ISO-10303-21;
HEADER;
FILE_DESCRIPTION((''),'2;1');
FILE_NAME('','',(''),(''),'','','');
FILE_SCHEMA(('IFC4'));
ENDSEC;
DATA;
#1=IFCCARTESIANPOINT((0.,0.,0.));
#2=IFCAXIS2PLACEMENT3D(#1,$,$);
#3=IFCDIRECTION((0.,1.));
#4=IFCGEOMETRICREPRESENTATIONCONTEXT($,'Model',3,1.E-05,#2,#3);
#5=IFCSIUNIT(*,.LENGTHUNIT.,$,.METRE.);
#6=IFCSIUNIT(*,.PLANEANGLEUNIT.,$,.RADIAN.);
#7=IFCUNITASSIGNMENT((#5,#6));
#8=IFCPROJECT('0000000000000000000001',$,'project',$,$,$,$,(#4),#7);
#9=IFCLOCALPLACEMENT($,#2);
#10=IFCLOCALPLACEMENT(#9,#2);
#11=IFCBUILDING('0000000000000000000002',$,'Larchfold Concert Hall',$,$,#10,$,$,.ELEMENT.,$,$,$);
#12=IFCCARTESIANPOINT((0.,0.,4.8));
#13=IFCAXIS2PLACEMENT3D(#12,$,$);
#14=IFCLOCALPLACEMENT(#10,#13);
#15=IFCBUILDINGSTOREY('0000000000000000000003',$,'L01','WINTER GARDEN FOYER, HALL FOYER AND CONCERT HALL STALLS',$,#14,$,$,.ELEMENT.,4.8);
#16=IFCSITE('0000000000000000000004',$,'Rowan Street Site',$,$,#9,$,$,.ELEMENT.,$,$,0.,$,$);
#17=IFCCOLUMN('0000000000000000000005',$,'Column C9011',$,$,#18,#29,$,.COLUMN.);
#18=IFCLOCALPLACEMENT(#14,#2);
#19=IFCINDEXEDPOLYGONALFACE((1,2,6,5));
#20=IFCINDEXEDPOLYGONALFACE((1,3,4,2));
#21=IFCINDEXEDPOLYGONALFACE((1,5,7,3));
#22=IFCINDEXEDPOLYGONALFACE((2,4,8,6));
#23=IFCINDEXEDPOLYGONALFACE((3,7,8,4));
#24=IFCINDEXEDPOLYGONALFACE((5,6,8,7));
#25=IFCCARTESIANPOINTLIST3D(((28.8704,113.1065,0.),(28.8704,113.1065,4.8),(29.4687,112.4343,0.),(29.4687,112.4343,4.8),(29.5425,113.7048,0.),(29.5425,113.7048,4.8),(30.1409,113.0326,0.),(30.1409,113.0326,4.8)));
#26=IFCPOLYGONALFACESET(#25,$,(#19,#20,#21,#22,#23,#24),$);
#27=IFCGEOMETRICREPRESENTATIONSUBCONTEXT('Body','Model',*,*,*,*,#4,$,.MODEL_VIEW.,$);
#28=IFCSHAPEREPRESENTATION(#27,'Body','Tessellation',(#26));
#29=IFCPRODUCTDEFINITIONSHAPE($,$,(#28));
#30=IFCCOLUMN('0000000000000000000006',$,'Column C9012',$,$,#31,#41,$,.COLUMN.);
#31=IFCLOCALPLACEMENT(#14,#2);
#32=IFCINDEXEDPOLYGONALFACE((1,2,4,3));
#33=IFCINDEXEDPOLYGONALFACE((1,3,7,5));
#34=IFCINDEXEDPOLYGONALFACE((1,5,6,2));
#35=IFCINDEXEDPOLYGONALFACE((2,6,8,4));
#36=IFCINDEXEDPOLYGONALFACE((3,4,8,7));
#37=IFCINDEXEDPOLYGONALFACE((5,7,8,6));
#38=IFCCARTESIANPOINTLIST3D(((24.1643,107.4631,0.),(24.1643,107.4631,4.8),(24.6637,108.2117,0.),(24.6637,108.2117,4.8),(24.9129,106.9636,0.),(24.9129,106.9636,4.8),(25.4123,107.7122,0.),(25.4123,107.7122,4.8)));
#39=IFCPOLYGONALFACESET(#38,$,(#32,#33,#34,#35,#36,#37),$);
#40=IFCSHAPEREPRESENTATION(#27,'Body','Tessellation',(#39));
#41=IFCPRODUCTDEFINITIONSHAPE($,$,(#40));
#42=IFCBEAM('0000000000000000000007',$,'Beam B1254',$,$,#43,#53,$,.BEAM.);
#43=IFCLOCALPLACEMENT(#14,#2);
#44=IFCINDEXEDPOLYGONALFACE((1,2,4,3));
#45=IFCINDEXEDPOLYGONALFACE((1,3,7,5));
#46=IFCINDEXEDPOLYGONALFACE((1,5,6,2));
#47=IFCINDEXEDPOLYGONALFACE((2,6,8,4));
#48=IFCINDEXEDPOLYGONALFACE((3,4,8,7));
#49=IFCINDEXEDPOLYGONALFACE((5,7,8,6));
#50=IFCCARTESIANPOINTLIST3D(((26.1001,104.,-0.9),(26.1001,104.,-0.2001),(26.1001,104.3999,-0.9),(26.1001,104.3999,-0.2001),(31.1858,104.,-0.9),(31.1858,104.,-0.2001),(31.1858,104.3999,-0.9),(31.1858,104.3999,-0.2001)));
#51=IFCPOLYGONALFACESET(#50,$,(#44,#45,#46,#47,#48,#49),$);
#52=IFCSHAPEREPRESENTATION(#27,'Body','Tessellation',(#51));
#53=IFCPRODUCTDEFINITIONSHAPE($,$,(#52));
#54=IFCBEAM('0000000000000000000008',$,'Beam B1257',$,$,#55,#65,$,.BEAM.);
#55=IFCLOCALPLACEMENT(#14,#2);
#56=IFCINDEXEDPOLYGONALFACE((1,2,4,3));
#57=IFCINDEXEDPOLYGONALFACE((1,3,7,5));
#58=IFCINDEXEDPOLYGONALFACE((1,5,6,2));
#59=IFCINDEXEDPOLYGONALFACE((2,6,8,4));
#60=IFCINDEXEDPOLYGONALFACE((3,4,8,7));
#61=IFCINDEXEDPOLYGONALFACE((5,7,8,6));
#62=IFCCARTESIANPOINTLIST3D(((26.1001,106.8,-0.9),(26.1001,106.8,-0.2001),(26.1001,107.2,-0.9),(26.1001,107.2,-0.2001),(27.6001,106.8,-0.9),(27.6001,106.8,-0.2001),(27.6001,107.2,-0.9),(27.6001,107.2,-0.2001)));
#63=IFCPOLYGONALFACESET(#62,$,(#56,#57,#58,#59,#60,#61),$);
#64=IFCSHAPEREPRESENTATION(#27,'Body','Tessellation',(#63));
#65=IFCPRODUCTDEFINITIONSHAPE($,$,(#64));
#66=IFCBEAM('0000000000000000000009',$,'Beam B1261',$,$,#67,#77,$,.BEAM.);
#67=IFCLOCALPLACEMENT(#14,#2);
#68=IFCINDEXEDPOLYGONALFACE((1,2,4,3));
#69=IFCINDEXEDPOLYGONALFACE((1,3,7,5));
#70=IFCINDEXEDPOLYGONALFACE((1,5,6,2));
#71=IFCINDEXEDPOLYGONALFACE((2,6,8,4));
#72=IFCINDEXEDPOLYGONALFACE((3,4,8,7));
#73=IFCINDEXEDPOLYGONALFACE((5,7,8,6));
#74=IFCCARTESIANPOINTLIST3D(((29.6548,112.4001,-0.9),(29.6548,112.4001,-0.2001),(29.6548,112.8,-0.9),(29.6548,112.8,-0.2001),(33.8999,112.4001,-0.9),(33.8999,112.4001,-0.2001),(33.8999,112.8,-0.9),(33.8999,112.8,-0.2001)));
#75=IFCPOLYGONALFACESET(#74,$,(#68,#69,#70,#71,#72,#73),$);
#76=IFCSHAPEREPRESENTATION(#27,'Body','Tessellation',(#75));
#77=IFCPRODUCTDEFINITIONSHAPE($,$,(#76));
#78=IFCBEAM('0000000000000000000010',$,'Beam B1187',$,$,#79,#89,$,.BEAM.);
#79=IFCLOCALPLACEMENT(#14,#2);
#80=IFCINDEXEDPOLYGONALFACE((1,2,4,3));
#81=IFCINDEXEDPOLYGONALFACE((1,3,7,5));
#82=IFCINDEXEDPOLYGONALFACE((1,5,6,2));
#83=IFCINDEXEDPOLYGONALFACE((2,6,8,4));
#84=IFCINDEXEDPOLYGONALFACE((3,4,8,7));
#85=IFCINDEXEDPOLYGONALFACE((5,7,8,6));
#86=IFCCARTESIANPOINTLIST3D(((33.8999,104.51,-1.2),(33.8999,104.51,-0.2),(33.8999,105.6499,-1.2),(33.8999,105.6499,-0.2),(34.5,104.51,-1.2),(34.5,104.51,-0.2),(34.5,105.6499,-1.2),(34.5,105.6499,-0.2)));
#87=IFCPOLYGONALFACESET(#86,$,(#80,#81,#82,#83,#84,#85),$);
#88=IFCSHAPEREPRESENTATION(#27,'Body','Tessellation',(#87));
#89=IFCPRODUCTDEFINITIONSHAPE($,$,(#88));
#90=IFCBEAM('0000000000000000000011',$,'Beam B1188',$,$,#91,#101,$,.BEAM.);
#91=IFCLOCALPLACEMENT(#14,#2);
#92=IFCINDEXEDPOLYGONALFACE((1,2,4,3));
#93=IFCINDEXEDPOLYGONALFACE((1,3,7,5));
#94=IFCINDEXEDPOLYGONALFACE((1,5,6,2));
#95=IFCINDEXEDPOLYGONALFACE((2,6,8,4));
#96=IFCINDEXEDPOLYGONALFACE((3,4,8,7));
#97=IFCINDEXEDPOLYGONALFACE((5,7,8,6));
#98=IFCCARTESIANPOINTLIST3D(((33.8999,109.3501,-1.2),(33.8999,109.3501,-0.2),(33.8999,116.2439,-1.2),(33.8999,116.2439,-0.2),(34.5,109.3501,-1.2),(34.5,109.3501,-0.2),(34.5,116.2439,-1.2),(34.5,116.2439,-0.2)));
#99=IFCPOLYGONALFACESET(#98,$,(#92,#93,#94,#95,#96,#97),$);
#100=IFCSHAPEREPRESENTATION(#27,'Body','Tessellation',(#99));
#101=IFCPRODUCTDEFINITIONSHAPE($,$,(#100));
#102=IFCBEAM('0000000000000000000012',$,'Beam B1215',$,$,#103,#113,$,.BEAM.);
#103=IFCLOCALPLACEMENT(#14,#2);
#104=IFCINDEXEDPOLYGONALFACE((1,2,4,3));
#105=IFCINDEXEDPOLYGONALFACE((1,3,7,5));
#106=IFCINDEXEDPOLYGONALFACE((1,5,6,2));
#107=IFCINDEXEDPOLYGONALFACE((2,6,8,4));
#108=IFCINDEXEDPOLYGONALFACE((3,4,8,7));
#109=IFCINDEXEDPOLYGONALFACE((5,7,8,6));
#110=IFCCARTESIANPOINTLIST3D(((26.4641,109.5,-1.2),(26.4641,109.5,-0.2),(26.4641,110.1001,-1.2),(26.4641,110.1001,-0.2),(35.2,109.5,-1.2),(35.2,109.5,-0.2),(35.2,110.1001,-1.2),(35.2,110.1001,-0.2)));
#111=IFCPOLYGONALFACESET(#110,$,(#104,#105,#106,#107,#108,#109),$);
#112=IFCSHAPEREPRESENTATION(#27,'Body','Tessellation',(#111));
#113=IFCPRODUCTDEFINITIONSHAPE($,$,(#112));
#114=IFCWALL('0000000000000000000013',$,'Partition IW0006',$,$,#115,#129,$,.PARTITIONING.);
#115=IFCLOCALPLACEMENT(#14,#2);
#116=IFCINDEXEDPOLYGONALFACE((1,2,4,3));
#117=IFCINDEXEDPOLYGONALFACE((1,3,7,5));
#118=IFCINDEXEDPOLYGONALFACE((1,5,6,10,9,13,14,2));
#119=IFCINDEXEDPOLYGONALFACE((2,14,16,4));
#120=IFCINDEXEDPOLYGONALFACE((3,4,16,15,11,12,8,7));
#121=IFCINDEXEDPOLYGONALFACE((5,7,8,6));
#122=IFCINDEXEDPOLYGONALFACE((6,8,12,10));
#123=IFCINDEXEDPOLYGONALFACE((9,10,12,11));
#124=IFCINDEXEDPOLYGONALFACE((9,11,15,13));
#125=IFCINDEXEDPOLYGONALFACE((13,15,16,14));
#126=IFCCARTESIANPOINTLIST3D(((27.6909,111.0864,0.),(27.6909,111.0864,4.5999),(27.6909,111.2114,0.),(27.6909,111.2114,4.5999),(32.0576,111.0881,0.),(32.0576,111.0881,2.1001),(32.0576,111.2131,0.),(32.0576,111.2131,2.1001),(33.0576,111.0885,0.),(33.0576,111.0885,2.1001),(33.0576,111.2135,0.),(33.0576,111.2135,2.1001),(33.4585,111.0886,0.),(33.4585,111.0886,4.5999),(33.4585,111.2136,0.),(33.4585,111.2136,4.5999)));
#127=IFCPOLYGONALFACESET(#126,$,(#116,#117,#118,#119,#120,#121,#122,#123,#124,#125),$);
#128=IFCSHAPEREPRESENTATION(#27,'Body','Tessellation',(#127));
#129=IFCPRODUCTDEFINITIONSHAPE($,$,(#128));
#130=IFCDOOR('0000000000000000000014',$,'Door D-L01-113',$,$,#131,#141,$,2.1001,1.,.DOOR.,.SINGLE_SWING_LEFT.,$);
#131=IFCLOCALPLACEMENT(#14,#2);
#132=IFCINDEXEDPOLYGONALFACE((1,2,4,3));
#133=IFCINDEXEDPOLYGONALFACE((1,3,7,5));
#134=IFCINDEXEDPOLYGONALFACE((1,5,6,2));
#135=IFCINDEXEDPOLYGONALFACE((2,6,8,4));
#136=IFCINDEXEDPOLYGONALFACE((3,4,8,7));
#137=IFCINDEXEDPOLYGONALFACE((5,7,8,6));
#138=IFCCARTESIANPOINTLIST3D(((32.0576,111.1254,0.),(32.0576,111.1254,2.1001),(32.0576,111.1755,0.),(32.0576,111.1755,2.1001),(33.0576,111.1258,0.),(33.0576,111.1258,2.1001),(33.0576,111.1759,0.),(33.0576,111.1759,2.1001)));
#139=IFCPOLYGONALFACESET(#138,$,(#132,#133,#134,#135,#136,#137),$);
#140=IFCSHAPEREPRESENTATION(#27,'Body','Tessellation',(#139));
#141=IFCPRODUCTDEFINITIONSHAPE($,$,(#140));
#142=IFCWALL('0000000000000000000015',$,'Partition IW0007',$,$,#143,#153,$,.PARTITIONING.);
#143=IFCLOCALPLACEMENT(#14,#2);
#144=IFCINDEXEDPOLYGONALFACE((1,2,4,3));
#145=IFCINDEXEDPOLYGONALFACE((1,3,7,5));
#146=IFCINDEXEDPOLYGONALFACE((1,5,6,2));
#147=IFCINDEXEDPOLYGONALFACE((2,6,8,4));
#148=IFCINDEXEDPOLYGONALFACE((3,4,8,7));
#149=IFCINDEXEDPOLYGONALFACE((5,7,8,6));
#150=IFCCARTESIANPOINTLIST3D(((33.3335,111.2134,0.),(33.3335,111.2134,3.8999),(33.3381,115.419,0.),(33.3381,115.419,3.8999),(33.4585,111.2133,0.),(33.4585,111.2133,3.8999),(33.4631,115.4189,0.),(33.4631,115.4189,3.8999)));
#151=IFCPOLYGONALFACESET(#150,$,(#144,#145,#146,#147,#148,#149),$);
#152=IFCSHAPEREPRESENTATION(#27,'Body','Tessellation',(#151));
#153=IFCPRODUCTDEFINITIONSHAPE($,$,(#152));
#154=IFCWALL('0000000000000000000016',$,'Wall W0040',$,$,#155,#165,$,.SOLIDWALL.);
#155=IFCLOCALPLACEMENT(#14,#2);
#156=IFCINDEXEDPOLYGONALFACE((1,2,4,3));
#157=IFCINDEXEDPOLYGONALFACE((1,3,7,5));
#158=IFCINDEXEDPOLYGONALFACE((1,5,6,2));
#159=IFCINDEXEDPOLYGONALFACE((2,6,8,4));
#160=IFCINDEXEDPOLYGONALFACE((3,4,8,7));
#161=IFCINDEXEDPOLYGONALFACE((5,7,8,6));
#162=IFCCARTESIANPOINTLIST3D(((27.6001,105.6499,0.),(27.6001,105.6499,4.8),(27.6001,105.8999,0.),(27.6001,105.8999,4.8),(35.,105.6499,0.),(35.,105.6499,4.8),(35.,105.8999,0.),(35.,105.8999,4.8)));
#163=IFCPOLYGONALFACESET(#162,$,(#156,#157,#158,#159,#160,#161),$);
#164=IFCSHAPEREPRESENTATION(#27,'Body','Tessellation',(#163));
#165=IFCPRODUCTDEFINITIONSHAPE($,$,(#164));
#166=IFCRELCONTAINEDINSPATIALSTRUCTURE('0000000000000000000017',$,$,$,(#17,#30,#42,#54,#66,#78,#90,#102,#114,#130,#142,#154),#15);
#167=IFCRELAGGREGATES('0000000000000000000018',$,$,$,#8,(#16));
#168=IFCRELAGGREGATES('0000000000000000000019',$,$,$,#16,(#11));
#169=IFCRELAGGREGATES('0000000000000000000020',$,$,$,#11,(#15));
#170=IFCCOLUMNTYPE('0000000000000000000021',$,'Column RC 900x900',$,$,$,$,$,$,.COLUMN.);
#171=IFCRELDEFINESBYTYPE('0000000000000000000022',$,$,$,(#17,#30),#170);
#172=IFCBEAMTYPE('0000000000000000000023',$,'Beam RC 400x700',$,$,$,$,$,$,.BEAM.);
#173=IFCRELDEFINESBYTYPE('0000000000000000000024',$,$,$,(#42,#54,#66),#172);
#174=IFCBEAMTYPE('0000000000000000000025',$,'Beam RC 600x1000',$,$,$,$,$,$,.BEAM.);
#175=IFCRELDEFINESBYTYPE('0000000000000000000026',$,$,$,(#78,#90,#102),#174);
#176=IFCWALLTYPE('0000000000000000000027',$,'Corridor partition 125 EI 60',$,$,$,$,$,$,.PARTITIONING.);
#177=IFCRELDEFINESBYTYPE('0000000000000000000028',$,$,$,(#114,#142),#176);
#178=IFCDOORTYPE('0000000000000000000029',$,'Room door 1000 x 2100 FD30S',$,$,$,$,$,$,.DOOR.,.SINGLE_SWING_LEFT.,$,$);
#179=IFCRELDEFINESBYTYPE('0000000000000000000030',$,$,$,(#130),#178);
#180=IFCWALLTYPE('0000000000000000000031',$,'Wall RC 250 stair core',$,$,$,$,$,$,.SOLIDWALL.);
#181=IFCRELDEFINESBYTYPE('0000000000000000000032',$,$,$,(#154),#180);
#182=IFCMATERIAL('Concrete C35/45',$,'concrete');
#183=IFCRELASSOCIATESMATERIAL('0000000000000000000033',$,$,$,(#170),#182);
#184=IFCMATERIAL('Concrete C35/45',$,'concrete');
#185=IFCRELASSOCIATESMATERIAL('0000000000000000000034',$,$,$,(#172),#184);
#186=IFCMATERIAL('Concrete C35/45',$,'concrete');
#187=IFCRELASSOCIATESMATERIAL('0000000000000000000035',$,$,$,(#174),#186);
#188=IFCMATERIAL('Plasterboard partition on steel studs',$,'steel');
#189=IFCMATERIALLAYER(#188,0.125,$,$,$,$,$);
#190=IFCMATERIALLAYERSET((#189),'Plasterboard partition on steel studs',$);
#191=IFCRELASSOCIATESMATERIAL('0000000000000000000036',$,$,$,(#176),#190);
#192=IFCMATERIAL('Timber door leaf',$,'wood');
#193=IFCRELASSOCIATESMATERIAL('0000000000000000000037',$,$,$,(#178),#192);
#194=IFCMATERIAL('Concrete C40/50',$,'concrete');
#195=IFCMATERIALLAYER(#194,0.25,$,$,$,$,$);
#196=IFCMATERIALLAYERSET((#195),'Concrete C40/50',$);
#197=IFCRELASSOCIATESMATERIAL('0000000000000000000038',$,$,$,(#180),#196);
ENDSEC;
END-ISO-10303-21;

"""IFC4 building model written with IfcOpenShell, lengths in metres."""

from ifc_helpers import new_model, si_unit, direction, frame, frame_2d, origin, origin_2d, place, context, subcontext, project, spatial, rectangle, extrude, material, layer, layer_set, material_profile, profile_set, type_object, element, fill, save


model = new_model("IFC4")

# Units and contexts
model_context = context("Model", 3, precision=1e-05, world=origin(), true_north=direction((0.0, 1.0)))
body_context = subcontext(model_context, "Body", "Model", "MODEL_VIEW")
ifc_project = project(units=[si_unit("LENGTHUNIT", "METRE"), si_unit("PLANEANGLEUNIT", "RADIAN")], contexts=[model_context])

# Site, building, storey
site_placement = place(None, origin())
site = spatial("IfcSite", under=ifc_project, at=site_placement, Name="Rowan Street Site", CompositionType="ELEMENT", RefElevation=0.0)
building_placement = place(site_placement, origin())
building = spatial("IfcBuilding", under=site, at=building_placement, Name="Larchfold Concert Hall", CompositionType="ELEMENT")
storey_placement = place(building_placement, frame((0.0, 0.0, 4.8)))
storey = spatial("IfcBuildingStorey", under=building, at=storey_placement, Name="L01", Description="WINTER GARDEN FOYER, HALL FOYER AND CONCERT HALL STALLS", CompositionType="ELEMENT", Elevation=4.8)

# Columns
ifc_material_1 = material(Name="Concrete C35/45", Category="concrete")
ifc_material_profile_1 = material_profile(ifc_material_1, rectangle(XDim=0.8999, YDim=0.8999, at=origin_2d()))
ifc_profile_set_1 = profile_set([ifc_material_profile_1], Name="Concrete C35/45")
column_type = type_object("IfcColumnType", Name="Column RC 900x900", PredefinedType="COLUMN", material=ifc_profile_set_1)
for number, where, z_axis, x_axis, name in (
    (1, (29.5056, 113.0696, 0.0), (0.0, 0.0, 1.0), (0.746954, 0.664876, 0.0), "Column C9011"),
    (2, (24.7883, 107.5876, 0.0), (0.0, 0.0, 1.0), (0.554978, 0.831865, 0.0), "Column C9012"),
):
    element("IfcColumn", number, at=place(storey_placement, frame(where, z_axis=z_axis, x_axis=x_axis)), inside=storey, type_object=column_type, Name=name, PredefinedType="COLUMN", context=body_context, shape_type="SweptSolid", body=[
        extrude(rectangle(XDim=0.8999, YDim=0.8999, at=origin_2d()), origin(), (0.0, 0.0, 1.0), 4.8),
    ])

# Beams
ifc_material_2 = material(Name="Concrete C35/45", Category="concrete")
ifc_material_profile_2 = material_profile(ifc_material_2, rectangle(XDim=0.3999, YDim=0.7, at=origin_2d()))
ifc_profile_set_2 = profile_set([ifc_material_profile_2], Name="Concrete C35/45")
beam_type_1 = type_object("IfcBeamType", Name="Beam RC 400x700", PredefinedType="BEAM", material=ifc_profile_set_2)
beam_1_placement = place(storey_placement, frame((26.1001, 104.2, -0.55), z_axis=(1.0, 0.0, 0.0), x_axis=(0.0, 1.0, 0.0)))
element("IfcBeam", 3, at=beam_1_placement, inside=storey, type_object=beam_type_1, Name="Beam B1254", PredefinedType="BEAM", context=body_context, shape_type="SweptSolid", body=[
    extrude(rectangle(XDim=0.3999, YDim=0.7, at=origin_2d()), origin(), (0.0, 0.0, 1.0), 5.0857),
])
beam_2_placement = place(storey_placement, frame((26.1001, 107.0, -0.55), z_axis=(1.0, 0.0, 0.0), x_axis=(0.0, 1.0, 0.0)))
element("IfcBeam", 4, at=beam_2_placement, inside=storey, type_object=beam_type_1, Name="Beam B1257", PredefinedType="BEAM", context=body_context, shape_type="SweptSolid", body=[
    extrude(rectangle(XDim=0.3999, YDim=0.7, at=origin_2d()), origin(), (0.0, 0.0, 1.0), 1.5),
])
beam_3_placement = place(storey_placement, frame((29.6548, 112.6001, -0.55), z_axis=(1.0, 0.0, 0.0), x_axis=(0.0, 1.0, 0.0)))
element("IfcBeam", 5, at=beam_3_placement, inside=storey, type_object=beam_type_1, Name="Beam B1261", PredefinedType="BEAM", context=body_context, shape_type="SweptSolid", body=[
    extrude(rectangle(XDim=0.3999, YDim=0.7, at=origin_2d()), origin(), (0.0, 0.0, 1.0), 4.2451),
])
ifc_material_3 = material(Name="Concrete C35/45", Category="concrete")
ifc_material_profile_3 = material_profile(ifc_material_3, rectangle(XDim=0.6001, YDim=1.0, at=origin_2d()))
ifc_profile_set_3 = profile_set([ifc_material_profile_3], Name="Concrete C35/45")
beam_type_2 = type_object("IfcBeamType", Name="Beam RC 600x1000", PredefinedType="BEAM", material=ifc_profile_set_3)
beam_4_placement = place(storey_placement, frame((34.2, 104.51, -0.7), z_axis=(0.0, 1.0, 0.0), x_axis=(-1.0, 0.0, 0.0)))
element("IfcBeam", 6, at=beam_4_placement, inside=storey, type_object=beam_type_2, Name="Beam B1187", PredefinedType="BEAM", context=body_context, shape_type="SweptSolid", body=[
    extrude(rectangle(XDim=0.6001, YDim=1.0, at=origin_2d()), origin(), (0.0, 0.0, 1.0), 1.1399),
])
beam_5_placement = place(storey_placement, frame((34.2, 109.3501, -0.7), z_axis=(0.0, 1.0, 0.0), x_axis=(-1.0, 0.0, 0.0)))
element("IfcBeam", 7, at=beam_5_placement, inside=storey, type_object=beam_type_2, Name="Beam B1188", PredefinedType="BEAM", context=body_context, shape_type="SweptSolid", body=[
    extrude(rectangle(XDim=0.6001, YDim=1.0, at=origin_2d()), origin(), (0.0, 0.0, 1.0), 6.8938),
])
beam_6_placement = place(storey_placement, frame((26.4641, 109.8, -0.7), z_axis=(1.0, 0.0, 0.0), x_axis=(0.0, 1.0, 0.0)))
element("IfcBeam", 8, at=beam_6_placement, inside=storey, type_object=beam_type_2, Name="Beam B1215", PredefinedType="BEAM", context=body_context, shape_type="SweptSolid", body=[
    extrude(rectangle(XDim=0.6001, YDim=1.0, at=origin_2d()), origin(), (0.0, 0.0, 1.0), 8.7358),
])

# Wall, opening, door
ifc_material_4 = material(Name="Plasterboard partition on steel studs", Category="steel")
ifc_layer_1 = layer(ifc_material_4, 0.125)
ifc_layer_set_1 = layer_set([ifc_layer_1], Name="Plasterboard partition on steel studs")
wall_type_1 = type_object("IfcWallType", Name="Corridor partition 125 EI 60", PredefinedType="PARTITIONING", material=ifc_layer_set_1)
wall_1_placement = place(storey_placement, frame((27.6909, 111.1489, 0.0), z_axis=(0.0, 0.0, 1.0), x_axis=(1.0, 0.000381, 0.0)))
wall_1 = element("IfcWall", 9, at=wall_1_placement, inside=storey, type_object=wall_type_1, Name="Partition IW0006", PredefinedType="PARTITIONING", context=body_context, shape_type="SweptSolid", body=[
    extrude(rectangle(XDim=5.7676, YDim=0.125, at=frame_2d((2.8838, 0.0))), origin(), (0.0, 0.0, 1.0), 4.5999),
])
opening_1_placement = place(wall_1_placement, frame((4.3667, 0.0, 0.0)))
opening_1 = element("IfcOpeningElement", 10, at=opening_1_placement, cuts=wall_1, PredefinedType="OPENING", context=body_context, shape_type="SweptSolid", body=[
    extrude(rectangle(XDim=1.0, YDim=2.1001, at=frame_2d((0.5, 1.05))), frame((0.0, 0.0725, 0.0), z_axis=(0.0, -1.0, 0.0), x_axis=(1.0, 0.0, 0.0)), (0.0, 0.0, 1.0), 0.145),
])
ifc_material_5 = material(Name="Timber door leaf", Category="wood")
door_type_1 = type_object("IfcDoorType", Name="Room door 1000 x 2100 FD30S", OperationType="SINGLE_SWING_LEFT", PredefinedType="DOOR", material=ifc_material_5)
door_1_placement = place(opening_1_placement, origin())
door_1 = element("IfcDoor", 11, at=door_1_placement, inside=storey, type_object=door_type_1, Name="Door D-L01-113", OperationType="SINGLE_SWING_LEFT", OverallHeight=2.1001, OverallWidth=1.0, PredefinedType="DOOR", context=body_context, shape_type="SweptSolid", body=[
    extrude(rectangle(XDim=1.0, YDim=2.1001, at=frame_2d((0.5, 1.05))), frame((0.0, 0.0249, 0.0), z_axis=(0.0, -1.0, 0.0), x_axis=(1.0, 0.0, 0.0)), (0.0, 0.0, 1.0), 0.05),
])
fill(opening_1, door_1)

# Walls
wall_2_placement = place(storey_placement, frame((33.396, 111.2134, 0.0), z_axis=(0.0, 0.0, 1.0), x_axis=(0.001103, 0.999999, 0.0)))
element("IfcWall", 12, at=wall_2_placement, inside=storey, type_object=wall_type_1, Name="Partition IW0007", PredefinedType="PARTITIONING", context=body_context, shape_type="SweptSolid", body=[
    extrude(rectangle(XDim=4.2056, YDim=0.125, at=frame_2d((2.1028, 0.0))), origin(), (0.0, 0.0, 1.0), 3.8999),
])
ifc_material_6 = material(Name="Concrete C40/50", Category="concrete")
ifc_layer_2 = layer(ifc_material_6, 0.25)
ifc_layer_set_2 = layer_set([ifc_layer_2], Name="Concrete C40/50")
wall_type_2 = type_object("IfcWallType", Name="Wall RC 250 stair core", PredefinedType="SOLIDWALL", material=ifc_layer_set_2)
wall_3_placement = place(storey_placement, frame((27.6001, 105.7749, 0.0), z_axis=(0.0, 0.0, 1.0), x_axis=(1.0, 0.0, 0.0)))
element("IfcWall", 13, at=wall_3_placement, inside=storey, type_object=wall_type_2, Name="Wall W0040", PredefinedType="SOLIDWALL", context=body_context, shape_type="SweptSolid", body=[
    extrude(rectangle(XDim=7.3999, YDim=0.25, at=frame_2d((3.7, 0.0))), origin(), (0.0, 0.0, 1.0), 4.8),
])

save(model, "model.ifc")
